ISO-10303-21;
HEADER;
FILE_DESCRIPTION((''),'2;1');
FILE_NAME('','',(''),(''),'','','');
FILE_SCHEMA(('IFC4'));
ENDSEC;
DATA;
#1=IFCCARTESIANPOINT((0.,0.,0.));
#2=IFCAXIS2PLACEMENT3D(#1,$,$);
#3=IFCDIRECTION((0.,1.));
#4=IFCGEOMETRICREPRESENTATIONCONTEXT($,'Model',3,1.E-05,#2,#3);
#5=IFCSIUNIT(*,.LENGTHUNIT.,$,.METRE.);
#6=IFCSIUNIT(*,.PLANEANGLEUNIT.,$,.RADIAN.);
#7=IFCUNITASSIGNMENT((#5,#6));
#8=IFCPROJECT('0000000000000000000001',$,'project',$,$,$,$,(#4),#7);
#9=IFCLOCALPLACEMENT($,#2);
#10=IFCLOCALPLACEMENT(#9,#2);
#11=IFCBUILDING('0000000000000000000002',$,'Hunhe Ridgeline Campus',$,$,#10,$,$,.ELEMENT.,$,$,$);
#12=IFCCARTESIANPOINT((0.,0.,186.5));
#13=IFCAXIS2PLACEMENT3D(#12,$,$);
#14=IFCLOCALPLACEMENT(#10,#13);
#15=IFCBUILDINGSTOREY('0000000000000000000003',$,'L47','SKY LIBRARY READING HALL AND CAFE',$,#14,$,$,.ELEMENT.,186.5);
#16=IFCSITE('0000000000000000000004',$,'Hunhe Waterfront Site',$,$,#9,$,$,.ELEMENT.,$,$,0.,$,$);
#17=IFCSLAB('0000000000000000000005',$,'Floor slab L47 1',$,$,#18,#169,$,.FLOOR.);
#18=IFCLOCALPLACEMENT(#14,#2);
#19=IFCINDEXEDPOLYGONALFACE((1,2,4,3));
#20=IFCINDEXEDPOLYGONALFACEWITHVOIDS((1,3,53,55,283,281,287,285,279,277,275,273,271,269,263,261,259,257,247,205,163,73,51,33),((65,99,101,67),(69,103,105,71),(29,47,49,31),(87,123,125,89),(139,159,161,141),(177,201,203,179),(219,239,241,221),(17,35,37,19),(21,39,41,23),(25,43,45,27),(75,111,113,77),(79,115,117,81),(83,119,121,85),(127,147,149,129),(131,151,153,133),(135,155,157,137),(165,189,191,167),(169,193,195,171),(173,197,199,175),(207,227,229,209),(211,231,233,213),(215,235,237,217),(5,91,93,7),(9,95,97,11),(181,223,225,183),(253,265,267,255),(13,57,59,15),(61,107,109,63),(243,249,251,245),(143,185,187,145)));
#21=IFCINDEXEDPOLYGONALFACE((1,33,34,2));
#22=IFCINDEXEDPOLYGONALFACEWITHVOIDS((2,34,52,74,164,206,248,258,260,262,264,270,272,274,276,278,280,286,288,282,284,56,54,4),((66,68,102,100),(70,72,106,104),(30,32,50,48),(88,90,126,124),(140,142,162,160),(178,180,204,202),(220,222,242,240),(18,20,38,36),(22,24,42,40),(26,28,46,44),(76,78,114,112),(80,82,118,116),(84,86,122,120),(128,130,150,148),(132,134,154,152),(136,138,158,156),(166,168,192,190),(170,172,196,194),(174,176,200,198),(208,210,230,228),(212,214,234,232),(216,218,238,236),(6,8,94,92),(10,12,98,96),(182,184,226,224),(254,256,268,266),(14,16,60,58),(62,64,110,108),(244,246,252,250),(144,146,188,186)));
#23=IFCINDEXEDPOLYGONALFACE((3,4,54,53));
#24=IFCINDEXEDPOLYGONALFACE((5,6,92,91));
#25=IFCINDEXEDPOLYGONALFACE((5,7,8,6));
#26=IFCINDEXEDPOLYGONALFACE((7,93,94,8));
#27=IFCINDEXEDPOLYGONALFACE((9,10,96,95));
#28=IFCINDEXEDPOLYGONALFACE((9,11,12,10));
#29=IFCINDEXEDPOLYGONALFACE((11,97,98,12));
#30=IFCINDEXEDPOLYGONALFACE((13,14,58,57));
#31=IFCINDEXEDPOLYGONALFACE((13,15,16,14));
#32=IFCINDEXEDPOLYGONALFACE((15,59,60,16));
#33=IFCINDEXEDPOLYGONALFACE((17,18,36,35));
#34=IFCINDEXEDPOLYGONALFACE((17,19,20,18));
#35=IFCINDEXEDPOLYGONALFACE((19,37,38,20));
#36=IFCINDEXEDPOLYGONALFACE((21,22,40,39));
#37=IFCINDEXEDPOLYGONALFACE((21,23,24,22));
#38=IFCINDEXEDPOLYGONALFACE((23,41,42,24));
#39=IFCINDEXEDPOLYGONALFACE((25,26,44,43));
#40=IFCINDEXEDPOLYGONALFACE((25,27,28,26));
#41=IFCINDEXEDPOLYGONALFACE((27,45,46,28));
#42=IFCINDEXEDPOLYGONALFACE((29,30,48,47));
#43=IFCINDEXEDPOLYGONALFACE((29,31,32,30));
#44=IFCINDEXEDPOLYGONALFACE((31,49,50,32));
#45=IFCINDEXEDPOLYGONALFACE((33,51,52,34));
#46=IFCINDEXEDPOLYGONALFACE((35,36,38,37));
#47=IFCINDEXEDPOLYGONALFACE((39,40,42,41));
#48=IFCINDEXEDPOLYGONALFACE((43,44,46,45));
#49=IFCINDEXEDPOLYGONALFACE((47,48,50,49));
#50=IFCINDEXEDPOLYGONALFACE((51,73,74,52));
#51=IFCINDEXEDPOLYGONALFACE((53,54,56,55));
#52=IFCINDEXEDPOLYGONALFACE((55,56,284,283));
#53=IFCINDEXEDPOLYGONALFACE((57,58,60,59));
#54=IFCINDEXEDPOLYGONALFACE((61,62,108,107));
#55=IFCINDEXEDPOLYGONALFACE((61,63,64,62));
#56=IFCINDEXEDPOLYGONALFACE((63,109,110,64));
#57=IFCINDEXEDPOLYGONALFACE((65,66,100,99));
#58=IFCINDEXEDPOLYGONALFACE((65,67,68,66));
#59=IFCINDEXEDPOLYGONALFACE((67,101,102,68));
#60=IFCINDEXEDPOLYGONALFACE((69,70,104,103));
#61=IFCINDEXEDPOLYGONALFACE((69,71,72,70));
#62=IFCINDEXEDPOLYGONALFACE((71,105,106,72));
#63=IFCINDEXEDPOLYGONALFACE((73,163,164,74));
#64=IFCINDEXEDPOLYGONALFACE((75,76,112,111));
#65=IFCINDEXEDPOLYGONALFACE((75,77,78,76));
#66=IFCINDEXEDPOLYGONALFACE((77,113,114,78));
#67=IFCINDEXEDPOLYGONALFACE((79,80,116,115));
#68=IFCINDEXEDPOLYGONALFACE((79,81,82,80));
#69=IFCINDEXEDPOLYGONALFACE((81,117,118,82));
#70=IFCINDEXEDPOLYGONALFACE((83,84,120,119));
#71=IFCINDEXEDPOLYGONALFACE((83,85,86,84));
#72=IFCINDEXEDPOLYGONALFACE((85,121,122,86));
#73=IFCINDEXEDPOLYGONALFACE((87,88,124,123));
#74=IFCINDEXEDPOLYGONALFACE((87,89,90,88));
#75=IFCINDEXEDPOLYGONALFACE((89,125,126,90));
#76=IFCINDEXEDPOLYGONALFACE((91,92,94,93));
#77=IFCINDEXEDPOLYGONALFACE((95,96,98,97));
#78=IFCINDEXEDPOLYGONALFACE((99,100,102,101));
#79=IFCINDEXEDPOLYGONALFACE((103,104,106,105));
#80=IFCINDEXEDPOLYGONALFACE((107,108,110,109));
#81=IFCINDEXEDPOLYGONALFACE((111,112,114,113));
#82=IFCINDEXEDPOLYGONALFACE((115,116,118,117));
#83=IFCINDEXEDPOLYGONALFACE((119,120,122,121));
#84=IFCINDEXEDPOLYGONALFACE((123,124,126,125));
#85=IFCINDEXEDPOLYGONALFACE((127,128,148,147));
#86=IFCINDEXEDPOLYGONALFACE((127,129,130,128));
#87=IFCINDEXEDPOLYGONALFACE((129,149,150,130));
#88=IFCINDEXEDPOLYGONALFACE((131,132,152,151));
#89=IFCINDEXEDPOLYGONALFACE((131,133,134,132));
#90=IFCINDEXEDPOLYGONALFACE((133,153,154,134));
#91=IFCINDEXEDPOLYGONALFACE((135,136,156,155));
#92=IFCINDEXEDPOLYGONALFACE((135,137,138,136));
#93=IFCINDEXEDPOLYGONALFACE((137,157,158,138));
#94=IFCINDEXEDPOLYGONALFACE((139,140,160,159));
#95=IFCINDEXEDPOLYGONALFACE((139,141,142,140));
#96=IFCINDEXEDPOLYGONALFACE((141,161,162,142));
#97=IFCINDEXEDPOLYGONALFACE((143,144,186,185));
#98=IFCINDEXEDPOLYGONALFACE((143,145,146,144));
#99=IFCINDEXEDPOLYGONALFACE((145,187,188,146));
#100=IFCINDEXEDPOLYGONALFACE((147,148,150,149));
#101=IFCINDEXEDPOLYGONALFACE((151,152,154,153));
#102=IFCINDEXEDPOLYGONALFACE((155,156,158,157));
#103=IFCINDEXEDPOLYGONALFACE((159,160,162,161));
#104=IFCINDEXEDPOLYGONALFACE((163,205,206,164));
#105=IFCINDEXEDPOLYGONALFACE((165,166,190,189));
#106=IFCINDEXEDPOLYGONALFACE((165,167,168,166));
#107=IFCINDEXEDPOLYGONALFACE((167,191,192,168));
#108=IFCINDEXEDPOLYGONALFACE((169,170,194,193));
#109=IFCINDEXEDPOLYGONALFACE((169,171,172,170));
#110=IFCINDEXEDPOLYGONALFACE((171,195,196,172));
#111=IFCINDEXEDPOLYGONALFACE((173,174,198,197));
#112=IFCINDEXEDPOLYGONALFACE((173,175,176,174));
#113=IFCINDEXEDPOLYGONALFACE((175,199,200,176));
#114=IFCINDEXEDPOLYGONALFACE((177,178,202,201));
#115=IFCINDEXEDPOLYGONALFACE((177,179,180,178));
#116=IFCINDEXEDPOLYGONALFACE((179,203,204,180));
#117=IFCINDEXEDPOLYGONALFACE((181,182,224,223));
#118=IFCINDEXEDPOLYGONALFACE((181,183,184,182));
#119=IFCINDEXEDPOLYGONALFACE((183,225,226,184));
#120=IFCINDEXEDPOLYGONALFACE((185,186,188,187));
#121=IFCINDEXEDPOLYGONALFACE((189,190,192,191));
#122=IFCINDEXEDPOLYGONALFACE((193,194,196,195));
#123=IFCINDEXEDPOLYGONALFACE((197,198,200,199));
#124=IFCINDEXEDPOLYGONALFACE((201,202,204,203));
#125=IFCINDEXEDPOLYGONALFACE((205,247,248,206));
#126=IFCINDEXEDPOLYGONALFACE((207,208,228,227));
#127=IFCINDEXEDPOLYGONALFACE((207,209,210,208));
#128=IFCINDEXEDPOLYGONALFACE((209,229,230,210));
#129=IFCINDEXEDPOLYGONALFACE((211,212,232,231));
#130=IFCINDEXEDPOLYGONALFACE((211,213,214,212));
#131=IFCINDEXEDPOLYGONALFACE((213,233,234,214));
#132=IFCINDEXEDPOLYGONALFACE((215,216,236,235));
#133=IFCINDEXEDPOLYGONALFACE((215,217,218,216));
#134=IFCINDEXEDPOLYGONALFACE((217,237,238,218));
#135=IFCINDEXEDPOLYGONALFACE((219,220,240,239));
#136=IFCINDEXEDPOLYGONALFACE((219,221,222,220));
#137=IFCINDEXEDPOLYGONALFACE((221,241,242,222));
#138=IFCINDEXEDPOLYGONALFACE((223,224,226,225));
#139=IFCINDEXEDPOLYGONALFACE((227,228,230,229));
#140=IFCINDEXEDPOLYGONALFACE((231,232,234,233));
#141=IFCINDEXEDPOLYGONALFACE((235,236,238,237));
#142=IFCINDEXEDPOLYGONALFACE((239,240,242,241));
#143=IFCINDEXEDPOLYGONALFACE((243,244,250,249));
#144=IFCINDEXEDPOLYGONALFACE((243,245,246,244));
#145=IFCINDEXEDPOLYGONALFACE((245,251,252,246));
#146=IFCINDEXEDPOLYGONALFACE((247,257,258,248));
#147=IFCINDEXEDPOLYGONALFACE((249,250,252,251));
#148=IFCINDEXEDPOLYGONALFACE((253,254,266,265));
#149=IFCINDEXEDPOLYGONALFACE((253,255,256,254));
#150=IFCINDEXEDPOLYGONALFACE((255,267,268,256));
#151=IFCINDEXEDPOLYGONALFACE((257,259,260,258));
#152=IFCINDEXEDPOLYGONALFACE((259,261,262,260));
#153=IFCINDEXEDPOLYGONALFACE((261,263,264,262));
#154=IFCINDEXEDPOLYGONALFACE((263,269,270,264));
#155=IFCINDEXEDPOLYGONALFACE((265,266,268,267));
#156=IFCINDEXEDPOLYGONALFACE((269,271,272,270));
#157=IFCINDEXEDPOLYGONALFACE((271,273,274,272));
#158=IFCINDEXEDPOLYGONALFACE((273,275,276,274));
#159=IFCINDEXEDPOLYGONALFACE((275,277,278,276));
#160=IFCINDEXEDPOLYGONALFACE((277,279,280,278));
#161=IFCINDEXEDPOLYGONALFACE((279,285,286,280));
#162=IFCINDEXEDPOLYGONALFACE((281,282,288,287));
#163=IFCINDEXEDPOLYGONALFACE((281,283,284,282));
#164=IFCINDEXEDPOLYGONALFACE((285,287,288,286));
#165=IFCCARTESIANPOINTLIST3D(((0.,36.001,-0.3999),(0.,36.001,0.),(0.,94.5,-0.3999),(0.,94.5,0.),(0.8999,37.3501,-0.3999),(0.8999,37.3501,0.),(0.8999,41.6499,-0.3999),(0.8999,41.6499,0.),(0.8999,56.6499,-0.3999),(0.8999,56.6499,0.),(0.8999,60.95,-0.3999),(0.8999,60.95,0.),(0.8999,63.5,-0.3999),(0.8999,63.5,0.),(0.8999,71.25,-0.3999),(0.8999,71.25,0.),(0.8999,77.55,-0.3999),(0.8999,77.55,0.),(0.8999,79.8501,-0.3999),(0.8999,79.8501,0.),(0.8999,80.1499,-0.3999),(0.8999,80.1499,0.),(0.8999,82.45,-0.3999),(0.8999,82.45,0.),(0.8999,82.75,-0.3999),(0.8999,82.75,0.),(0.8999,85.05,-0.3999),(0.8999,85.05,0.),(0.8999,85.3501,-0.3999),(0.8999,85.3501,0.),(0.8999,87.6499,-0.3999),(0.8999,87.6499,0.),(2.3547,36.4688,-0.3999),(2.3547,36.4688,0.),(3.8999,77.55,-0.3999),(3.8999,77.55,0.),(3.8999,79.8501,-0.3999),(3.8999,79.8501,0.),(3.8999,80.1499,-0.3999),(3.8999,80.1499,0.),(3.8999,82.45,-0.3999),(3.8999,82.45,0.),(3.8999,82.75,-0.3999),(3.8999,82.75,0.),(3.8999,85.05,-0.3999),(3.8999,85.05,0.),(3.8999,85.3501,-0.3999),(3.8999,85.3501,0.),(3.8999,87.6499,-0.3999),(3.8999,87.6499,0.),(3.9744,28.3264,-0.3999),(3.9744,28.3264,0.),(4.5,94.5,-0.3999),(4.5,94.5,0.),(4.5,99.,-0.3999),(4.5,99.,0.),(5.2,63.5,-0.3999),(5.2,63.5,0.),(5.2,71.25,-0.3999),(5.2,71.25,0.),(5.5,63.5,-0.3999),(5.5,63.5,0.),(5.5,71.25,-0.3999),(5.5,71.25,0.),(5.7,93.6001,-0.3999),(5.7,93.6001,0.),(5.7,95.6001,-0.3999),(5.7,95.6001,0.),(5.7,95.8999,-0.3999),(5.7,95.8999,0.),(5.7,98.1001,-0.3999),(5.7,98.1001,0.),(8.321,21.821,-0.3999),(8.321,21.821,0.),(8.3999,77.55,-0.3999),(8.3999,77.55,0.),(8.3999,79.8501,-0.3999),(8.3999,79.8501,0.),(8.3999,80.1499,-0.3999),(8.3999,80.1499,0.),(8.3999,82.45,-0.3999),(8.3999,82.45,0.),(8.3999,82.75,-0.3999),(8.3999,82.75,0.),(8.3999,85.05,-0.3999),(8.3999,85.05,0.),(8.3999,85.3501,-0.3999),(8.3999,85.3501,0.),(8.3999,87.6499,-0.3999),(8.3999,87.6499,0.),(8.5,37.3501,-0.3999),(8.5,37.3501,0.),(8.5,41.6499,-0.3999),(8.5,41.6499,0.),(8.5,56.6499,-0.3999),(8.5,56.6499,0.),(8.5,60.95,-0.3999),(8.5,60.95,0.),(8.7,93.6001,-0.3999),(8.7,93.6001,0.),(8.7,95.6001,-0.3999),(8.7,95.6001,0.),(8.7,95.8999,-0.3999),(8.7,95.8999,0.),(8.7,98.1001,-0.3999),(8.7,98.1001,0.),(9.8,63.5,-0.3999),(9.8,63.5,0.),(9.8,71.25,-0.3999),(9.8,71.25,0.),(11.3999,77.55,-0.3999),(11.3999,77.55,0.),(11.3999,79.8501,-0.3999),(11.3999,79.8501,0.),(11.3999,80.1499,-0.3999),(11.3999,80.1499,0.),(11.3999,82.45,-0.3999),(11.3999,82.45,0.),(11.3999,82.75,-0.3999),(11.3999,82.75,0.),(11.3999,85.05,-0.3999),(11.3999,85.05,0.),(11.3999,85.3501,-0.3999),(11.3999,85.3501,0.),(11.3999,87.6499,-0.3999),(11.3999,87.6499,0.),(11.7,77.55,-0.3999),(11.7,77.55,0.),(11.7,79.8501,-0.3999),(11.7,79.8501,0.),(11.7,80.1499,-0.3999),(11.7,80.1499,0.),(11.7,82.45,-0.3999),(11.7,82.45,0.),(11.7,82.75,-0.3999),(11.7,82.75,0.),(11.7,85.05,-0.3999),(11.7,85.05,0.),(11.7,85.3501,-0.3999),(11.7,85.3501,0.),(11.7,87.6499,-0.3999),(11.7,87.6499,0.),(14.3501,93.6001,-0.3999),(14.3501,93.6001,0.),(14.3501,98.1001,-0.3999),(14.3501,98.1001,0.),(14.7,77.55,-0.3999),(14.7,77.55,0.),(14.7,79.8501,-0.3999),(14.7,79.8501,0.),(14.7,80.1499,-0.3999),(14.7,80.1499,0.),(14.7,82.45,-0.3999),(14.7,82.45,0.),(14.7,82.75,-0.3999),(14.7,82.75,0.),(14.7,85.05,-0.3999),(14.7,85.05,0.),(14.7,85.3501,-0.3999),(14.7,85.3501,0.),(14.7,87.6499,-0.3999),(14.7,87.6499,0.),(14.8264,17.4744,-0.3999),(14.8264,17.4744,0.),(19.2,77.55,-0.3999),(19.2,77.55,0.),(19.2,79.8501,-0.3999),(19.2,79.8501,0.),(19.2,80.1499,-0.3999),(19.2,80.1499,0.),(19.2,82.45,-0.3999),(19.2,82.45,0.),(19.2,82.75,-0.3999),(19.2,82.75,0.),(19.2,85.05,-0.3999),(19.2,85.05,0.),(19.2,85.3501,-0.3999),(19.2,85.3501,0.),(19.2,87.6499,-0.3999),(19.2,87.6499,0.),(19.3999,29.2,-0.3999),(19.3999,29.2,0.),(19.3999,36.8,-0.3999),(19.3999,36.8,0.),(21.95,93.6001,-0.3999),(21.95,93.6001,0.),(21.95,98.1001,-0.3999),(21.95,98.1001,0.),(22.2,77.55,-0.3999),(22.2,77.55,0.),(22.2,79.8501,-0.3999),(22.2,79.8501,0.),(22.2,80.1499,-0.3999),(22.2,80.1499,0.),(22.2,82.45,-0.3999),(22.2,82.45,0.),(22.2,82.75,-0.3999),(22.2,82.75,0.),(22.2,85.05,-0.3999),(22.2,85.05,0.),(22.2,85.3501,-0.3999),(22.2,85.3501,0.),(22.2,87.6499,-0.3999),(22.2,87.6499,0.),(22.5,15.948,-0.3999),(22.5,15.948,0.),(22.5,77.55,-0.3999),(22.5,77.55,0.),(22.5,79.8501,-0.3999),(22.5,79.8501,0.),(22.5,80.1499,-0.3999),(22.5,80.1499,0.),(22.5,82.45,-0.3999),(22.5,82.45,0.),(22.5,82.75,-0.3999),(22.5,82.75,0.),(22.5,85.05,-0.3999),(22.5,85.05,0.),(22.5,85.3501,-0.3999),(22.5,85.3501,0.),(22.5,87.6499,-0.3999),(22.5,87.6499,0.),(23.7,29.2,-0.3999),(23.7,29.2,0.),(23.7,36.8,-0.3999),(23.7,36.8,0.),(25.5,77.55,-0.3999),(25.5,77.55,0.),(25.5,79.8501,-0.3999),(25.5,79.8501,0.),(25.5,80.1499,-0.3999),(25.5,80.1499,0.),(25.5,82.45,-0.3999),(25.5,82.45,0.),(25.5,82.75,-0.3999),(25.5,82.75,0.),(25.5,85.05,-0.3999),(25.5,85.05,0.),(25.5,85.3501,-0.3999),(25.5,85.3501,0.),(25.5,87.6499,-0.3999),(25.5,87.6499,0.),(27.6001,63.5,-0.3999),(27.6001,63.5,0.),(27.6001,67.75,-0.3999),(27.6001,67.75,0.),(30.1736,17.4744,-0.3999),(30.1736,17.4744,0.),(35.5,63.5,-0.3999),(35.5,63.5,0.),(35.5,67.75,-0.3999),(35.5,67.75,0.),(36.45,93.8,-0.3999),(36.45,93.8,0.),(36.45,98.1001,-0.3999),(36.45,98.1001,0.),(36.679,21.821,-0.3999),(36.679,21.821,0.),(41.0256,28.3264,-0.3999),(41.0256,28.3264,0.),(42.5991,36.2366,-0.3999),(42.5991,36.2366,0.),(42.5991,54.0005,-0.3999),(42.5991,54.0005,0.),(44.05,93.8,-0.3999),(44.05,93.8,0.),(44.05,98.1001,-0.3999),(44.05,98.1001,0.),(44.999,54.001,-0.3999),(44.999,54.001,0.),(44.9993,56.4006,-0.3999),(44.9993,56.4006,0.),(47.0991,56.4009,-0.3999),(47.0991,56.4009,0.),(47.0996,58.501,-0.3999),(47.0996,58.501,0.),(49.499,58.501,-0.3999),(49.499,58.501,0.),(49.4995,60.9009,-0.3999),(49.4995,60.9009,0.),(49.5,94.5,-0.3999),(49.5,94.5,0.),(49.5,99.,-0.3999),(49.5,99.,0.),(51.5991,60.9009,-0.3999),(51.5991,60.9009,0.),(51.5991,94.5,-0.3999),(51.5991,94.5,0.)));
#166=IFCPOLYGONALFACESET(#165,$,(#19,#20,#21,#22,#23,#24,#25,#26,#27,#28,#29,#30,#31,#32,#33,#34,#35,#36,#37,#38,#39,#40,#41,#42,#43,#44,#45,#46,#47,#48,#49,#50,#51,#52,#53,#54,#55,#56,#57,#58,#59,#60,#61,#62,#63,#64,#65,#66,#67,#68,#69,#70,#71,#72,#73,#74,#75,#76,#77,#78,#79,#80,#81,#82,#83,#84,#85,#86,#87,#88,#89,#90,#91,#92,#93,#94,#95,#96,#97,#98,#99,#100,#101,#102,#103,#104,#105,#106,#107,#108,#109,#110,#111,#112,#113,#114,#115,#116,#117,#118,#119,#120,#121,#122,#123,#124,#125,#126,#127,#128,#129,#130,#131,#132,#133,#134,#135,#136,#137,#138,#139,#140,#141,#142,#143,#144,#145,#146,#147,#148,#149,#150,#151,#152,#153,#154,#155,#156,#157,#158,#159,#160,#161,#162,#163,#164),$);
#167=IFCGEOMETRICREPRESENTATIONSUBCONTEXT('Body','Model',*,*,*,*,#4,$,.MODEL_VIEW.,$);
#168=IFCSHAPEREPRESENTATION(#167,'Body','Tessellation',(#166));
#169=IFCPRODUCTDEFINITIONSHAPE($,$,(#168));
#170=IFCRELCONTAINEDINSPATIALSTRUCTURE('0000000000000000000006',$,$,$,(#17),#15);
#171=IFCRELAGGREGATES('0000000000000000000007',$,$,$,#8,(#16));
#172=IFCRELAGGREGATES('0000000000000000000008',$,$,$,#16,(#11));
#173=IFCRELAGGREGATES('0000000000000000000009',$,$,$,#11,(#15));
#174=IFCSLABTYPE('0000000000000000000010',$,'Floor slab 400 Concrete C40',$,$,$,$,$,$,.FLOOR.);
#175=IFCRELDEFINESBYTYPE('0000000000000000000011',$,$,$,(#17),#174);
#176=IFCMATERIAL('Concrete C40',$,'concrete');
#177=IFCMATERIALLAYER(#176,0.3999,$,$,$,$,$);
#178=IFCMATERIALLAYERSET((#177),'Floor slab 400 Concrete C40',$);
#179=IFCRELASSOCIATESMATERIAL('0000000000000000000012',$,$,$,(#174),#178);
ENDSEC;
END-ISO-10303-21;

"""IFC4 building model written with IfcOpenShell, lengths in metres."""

from ifc_helpers import new_model, si_unit, direction, frame, origin, place, context, subcontext, project, spatial, polyline, outline, extrude, material, layer, layer_set, type_object, element, save


model = new_model("IFC4")

# Units and contexts
model_context = context("Model", 3, precision=1e-05, world=origin(), true_north=direction((0.0, 1.0)))
body_context = subcontext(model_context, "Body", "Model", "MODEL_VIEW")
ifc_project = project(units=[si_unit("LENGTHUNIT", "METRE"), si_unit("PLANEANGLEUNIT", "RADIAN")], contexts=[model_context])

# Site, building, storey
site_placement = place(None, origin())
site = spatial("IfcSite", under=ifc_project, at=site_placement, Name="Hunhe Waterfront Site", CompositionType="ELEMENT", RefElevation=0.0)
building_placement = place(site_placement, origin())
building = spatial("IfcBuilding", under=site, at=building_placement, Name="Hunhe Ridgeline Campus", CompositionType="ELEMENT")
storey_placement = place(building_placement, frame((0.0, 0.0, 186.5)))
storey = spatial("IfcBuildingStorey", under=building, at=storey_placement, Name="L47", Description="SKY LIBRARY READING HALL AND CAFE", CompositionType="ELEMENT", Elevation=186.5)

# Slab
ifc_material_1 = material(Name="Concrete C40", Category="concrete")
ifc_layer_1 = layer(ifc_material_1, 0.3999)
ifc_layer_set_1 = layer_set([ifc_layer_1], Name="Floor slab 400 Concrete C40")
slab_type_1 = type_object("IfcSlabType", Name="Floor slab 400 Concrete C40", PredefinedType="FLOOR", material=ifc_layer_set_1)
slab_1_placement = place(storey_placement, frame((0.0, 0.0, -0.3999)))
element("IfcSlab", 1, at=slab_1_placement, inside=storey, type_object=slab_type_1, Name="Floor slab L47 1", PredefinedType="FLOOR", context=body_context, shape_type="SweptSolid", body=[
    extrude(outline(polyline([(51.5991, 94.5), (49.5, 94.5), (49.5, 99.0), (4.5, 99.0), (4.5, 94.5), (0.0, 94.5), (0.0, 36.001), (2.3547, 36.4688), (3.9744, 28.3264), (8.321, 21.821), (14.8264, 17.4744), (22.5, 15.948), (30.1736, 17.4744), (36.679, 21.821), (41.0256, 28.3264), (42.5991, 36.2366), (42.5991, 54.0005), (44.999, 54.001), (44.9993, 56.4006), (47.0991, 56.4009), (47.0996, 58.501), (49.499, 58.501), (49.4995, 60.9009), (51.5991, 60.9009), (51.5991, 94.5)]), holes=[polyline([(36.45, 93.8), (44.05, 93.8), (44.05, 98.1001), (36.45, 98.1001), (36.45, 93.8)]), polyline([(35.5, 63.5), (35.5, 67.75), (27.6001, 67.75), (27.6001, 63.5), (35.5, 63.5)]), polyline([(25.5, 80.1499), (25.5, 82.45), (22.5, 82.45), (22.5, 80.1499), (25.5, 80.1499)]), polyline([(25.5, 79.8501), (22.5, 79.8501), (22.5, 77.55), (25.5, 77.55), (25.5, 79.8501)]), polyline([(22.5, 87.6499), (22.5, 85.3501), (25.5, 85.3501), (25.5, 87.6499), (22.5, 87.6499)]), polyline([(22.5, 82.75), (25.5, 82.75), (25.5, 85.05), (22.5, 85.05), (22.5, 82.75)]), polyline([(19.3999, 29.2), (23.7, 29.2), (23.7, 36.8), (19.3999, 36.8), (19.3999, 29.2)]), polyline([(22.2, 80.1499), (22.2, 82.45), (19.2, 82.45), (19.2, 80.1499), (22.2, 80.1499)]), polyline([(22.2, 79.8501), (19.2, 79.8501), (19.2, 77.55), (22.2, 77.55), (22.2, 79.8501)]), polyline([(19.2, 87.6499), (19.2, 85.3501), (22.2, 85.3501), (22.2, 87.6499), (19.2, 87.6499)]), polyline([(19.2, 82.75), (22.2, 82.75), (22.2, 85.05), (19.2, 85.05), (19.2, 82.75)]), polyline([(14.3501, 93.6001), (21.95, 93.6001), (21.95, 98.1001), (14.3501, 98.1001), (14.3501, 93.6001)]), polyline([(11.7, 87.6499), (11.7, 85.3501), (14.7, 85.3501), (14.7, 87.6499), (11.7, 87.6499)]), polyline([(14.7, 80.1499), (14.7, 82.45), (11.7, 82.45), (11.7, 80.1499), (14.7, 80.1499)]), polyline([(14.7, 79.8501), (11.7, 79.8501), (11.7, 77.55), (14.7, 77.55), (14.7, 79.8501)]), polyline([(11.7, 82.75), (14.7, 82.75), (14.7, 85.05), (11.7, 85.05), (11.7, 82.75)]), polyline([(11.3999, 80.1499), (11.3999, 82.45), (8.3999, 82.45), (8.3999, 80.1499), (11.3999, 80.1499)]), polyline([(11.3999, 79.8501), (8.3999, 79.8501), (8.3999, 77.55), (11.3999, 77.55), (11.3999, 79.8501)]), polyline([(8.3999, 87.6499), (8.3999, 85.3501), (11.3999, 85.3501), (11.3999, 87.6499), (8.3999, 87.6499)]), polyline([(8.3999, 82.75), (11.3999, 82.75), (11.3999, 85.05), (8.3999, 85.05), (8.3999, 82.75)]), polyline([(9.8, 71.25), (5.5, 71.25), (5.5, 63.5), (9.8, 63.5), (9.8, 71.25)]), polyline([(8.7, 95.8999), (8.7, 98.1001), (5.7, 98.1001), (5.7, 95.8999), (8.7, 95.8999)]), polyline([(8.7, 95.6001), (5.7, 95.6001), (5.7, 93.6001), (8.7, 93.6001), (8.7, 95.6001)]), polyline([(0.8999, 37.3501), (8.5, 37.3501), (8.5, 41.6499), (0.8999, 41.6499), (0.8999, 37.3501)]), polyline([(0.8999, 60.95), (0.8999, 56.6499), (8.5, 56.6499), (8.5, 60.95), (0.8999, 60.95)]), polyline([(0.8999, 71.25), (0.8999, 63.5), (5.2, 63.5), (5.2, 71.25), (0.8999, 71.25)]), polyline([(3.8999, 80.1499), (3.8999, 82.45), (0.8999, 82.45), (0.8999, 80.1499), (3.8999, 80.1499)]), polyline([(3.8999, 79.8501), (0.8999, 79.8501), (0.8999, 77.55), (3.8999, 77.55), (3.8999, 79.8501)]), polyline([(0.8999, 87.6499), (0.8999, 85.3501), (3.8999, 85.3501), (3.8999, 87.6499), (0.8999, 87.6499)]), polyline([(0.8999, 82.75), (3.8999, 82.75), (3.8999, 85.05), (0.8999, 85.05), (0.8999, 82.75)])]), origin(), (0.0, 0.0, 1.0), 0.3999),
])

save(model, "model.ifc")
